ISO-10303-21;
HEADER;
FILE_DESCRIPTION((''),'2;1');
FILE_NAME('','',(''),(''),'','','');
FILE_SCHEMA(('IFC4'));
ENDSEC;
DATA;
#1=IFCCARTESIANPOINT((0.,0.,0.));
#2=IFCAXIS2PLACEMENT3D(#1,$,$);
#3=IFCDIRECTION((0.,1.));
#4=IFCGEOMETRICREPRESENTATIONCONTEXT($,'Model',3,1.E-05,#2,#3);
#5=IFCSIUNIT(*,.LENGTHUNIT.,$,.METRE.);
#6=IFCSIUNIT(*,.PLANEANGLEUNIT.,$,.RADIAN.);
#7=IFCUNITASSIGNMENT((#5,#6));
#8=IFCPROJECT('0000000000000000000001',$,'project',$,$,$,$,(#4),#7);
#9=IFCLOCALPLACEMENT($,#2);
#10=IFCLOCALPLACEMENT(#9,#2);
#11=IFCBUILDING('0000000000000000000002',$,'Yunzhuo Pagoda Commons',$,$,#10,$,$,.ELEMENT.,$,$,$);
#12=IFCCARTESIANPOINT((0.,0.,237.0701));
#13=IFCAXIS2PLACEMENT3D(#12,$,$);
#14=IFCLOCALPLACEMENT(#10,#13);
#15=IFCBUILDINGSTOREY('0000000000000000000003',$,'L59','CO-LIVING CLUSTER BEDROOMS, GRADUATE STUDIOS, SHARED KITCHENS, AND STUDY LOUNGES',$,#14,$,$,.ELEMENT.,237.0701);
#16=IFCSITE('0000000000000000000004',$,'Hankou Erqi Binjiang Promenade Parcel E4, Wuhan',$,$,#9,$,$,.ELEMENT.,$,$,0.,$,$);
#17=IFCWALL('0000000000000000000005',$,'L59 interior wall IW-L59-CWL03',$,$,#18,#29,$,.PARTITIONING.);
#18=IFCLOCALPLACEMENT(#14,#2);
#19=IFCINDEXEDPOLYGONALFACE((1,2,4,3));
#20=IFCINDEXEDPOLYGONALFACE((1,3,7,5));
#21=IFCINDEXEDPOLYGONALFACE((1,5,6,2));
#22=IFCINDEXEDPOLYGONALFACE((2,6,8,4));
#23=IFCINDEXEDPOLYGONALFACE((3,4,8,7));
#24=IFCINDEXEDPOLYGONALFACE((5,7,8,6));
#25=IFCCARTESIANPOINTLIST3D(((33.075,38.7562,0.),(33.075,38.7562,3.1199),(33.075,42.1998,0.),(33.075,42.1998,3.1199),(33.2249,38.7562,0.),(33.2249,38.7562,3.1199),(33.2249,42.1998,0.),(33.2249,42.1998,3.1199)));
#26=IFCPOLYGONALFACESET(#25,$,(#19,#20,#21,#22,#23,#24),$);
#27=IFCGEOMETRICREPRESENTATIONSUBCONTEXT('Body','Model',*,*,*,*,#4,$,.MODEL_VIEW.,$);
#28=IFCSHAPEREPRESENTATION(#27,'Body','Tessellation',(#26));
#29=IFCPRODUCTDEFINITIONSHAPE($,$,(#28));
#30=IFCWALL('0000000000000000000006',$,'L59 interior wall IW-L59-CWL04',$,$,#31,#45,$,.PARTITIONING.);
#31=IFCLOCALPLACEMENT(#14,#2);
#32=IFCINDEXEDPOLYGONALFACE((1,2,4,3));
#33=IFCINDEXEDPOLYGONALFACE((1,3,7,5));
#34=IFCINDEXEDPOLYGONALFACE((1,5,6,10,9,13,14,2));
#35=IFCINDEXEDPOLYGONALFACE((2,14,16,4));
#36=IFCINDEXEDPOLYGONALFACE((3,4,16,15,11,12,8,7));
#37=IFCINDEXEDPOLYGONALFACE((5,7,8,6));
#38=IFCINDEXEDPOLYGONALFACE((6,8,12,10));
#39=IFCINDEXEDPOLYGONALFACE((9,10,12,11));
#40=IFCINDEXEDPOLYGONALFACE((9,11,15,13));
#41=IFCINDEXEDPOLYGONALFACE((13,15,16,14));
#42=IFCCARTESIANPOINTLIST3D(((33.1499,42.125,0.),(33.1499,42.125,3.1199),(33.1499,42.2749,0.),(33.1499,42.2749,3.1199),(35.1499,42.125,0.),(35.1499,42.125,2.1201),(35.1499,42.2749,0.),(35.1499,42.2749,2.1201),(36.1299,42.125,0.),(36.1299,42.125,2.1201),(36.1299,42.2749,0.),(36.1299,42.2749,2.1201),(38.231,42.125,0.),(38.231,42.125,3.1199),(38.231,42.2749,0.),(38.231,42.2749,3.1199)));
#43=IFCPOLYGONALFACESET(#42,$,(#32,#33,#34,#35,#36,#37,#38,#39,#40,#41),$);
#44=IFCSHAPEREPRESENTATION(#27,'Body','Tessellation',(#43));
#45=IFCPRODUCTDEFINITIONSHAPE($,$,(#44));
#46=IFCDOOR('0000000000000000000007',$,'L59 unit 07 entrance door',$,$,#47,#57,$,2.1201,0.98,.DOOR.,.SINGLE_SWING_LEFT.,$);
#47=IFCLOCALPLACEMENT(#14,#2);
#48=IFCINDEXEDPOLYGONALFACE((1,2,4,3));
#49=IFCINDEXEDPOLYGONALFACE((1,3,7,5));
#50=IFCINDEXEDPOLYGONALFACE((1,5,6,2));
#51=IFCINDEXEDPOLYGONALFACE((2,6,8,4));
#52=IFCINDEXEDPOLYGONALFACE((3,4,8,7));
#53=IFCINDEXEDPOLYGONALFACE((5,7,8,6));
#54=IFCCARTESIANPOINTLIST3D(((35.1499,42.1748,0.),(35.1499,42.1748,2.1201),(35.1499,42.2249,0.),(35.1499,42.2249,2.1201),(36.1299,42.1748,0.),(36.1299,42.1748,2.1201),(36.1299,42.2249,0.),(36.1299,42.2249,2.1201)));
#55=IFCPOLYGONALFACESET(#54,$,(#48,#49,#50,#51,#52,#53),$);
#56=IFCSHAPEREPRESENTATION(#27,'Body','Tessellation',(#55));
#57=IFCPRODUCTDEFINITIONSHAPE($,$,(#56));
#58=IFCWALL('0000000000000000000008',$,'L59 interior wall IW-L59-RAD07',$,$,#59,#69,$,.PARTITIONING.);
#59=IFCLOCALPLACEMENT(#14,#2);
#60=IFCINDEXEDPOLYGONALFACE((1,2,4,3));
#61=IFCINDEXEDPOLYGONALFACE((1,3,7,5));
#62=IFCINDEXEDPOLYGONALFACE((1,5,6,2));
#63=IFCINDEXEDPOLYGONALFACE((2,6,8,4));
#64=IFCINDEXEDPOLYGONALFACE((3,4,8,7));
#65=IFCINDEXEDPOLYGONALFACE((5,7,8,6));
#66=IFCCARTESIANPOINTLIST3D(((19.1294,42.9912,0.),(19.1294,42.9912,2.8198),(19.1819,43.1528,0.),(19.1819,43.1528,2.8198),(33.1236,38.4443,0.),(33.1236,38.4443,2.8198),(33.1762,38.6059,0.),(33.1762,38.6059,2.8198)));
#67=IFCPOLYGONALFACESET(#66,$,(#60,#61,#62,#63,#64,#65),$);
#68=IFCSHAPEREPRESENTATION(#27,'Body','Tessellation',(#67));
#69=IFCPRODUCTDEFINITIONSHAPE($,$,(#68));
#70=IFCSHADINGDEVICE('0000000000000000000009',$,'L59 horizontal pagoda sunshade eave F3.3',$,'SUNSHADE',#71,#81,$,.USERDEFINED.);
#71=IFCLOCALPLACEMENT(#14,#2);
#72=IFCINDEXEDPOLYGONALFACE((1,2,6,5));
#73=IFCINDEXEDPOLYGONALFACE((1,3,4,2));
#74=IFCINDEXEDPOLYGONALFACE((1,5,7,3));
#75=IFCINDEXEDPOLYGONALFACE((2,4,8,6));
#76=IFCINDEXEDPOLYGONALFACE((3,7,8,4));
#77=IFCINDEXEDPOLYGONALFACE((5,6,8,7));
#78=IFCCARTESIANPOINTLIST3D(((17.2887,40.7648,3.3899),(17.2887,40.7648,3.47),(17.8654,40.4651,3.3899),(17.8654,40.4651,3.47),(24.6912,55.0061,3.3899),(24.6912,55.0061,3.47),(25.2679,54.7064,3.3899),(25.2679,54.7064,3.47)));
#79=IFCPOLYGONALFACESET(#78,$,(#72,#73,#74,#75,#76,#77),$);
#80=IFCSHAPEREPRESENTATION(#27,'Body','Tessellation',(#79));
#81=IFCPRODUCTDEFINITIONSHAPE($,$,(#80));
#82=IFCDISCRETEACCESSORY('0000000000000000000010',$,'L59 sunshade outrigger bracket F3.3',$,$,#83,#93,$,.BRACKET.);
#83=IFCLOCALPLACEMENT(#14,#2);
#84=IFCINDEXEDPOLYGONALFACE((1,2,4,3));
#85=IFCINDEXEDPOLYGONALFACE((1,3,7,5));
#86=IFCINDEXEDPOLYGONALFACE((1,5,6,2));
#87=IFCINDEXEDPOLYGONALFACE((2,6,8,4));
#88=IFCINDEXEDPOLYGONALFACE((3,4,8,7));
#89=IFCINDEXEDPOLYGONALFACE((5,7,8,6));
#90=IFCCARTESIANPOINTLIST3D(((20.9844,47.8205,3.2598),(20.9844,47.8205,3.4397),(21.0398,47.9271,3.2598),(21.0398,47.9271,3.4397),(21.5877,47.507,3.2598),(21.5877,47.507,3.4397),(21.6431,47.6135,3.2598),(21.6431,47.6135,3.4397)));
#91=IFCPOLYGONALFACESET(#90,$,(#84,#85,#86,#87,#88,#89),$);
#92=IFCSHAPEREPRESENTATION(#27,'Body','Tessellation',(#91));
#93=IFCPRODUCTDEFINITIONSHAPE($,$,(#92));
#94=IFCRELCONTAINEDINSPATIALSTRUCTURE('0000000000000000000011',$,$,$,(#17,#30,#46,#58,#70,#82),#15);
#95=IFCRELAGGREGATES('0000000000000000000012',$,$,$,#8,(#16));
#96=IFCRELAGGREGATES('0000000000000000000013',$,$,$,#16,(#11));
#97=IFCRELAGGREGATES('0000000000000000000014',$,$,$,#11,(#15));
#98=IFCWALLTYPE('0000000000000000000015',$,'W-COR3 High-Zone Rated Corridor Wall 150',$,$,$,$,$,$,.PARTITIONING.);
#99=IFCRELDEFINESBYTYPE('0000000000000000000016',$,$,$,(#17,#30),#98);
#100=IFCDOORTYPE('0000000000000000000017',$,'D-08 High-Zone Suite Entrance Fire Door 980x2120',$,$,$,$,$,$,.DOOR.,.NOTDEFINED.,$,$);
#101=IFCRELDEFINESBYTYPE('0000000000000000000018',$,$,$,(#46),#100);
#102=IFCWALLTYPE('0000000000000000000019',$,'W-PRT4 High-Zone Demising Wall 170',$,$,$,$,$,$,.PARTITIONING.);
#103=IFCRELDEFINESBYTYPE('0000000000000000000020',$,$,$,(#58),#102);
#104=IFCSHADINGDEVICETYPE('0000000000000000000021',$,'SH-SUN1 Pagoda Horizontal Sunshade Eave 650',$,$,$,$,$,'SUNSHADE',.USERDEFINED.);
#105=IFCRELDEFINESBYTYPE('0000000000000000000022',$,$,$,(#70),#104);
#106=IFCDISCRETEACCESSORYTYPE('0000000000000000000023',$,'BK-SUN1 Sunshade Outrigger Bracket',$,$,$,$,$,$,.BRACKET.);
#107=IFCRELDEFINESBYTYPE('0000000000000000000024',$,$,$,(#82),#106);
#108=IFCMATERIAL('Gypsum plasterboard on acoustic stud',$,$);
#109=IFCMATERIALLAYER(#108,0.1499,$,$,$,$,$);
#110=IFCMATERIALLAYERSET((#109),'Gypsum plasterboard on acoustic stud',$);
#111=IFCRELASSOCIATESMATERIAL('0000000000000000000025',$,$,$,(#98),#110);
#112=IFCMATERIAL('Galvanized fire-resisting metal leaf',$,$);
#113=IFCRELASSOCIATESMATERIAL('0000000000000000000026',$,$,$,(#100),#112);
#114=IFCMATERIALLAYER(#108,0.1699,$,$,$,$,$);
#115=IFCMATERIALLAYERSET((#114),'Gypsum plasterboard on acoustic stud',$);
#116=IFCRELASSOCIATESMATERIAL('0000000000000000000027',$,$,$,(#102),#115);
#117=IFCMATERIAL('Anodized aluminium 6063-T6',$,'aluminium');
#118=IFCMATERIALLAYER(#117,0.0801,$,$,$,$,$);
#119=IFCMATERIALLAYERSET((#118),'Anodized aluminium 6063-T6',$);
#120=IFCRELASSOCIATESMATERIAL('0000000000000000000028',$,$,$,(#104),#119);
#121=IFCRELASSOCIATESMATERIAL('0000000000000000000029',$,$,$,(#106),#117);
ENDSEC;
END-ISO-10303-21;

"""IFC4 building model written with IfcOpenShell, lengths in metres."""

from ifc_helpers import new_model, si_unit, direction, frame, frame_2d, origin, origin_with_axes, origin_2d, place, context, subcontext, project, spatial, rectangle, extrude, source, transform, mapped, material, layer, layer_set, type_object, element, fill, save


model = new_model("IFC4")

# Units and contexts
model_context = context("Model", 3, precision=1e-05, world=origin(), true_north=direction((0.0, 1.0)))
body_context = subcontext(model_context, "Body", "Model", "MODEL_VIEW")
ifc_project = project(units=[si_unit("LENGTHUNIT", "METRE"), si_unit("PLANEANGLEUNIT", "RADIAN")], contexts=[model_context])

# Site, building, storey
site_placement = place(None, origin())
site = spatial("IfcSite", under=ifc_project, at=site_placement, Name="Hankou Erqi Binjiang Promenade Parcel E4, Wuhan", CompositionType="ELEMENT", RefElevation=0.0)
building_placement = place(site_placement, origin())
building = spatial("IfcBuilding", under=site, at=building_placement, Name="Yunzhuo Pagoda Commons", CompositionType="ELEMENT")
storey_placement = place(building_placement, frame((0.0, 0.0, 237.0701)))
storey = spatial("IfcBuildingStorey", under=building, at=storey_placement, Name="L59", Description="CO-LIVING CLUSTER BEDROOMS, GRADUATE STUDIOS, SHARED KITCHENS, AND STUDY LOUNGES", CompositionType="ELEMENT", Elevation=237.0701)

# Shared definitions
ifc_material_1 = material(Name="Anodized aluminium 6063-T6", Category="aluminium")

# Shared definitions
ifc_material_2 = material(Name="Galvanized fire-resisting metal leaf")

# Wall
ifc_material_3 = material(Name="Gypsum plasterboard on acoustic stud")
ifc_layer_1 = layer(ifc_material_3, 0.1499)
ifc_layer_set_1 = layer_set([ifc_layer_1], Name="Gypsum plasterboard on acoustic stud")
wall_type_1 = type_object("IfcWallType", Name="W-COR3 High-Zone Rated Corridor Wall 150", PredefinedType="PARTITIONING", material=ifc_layer_set_1)
wall_1_placement = place(storey_placement, frame((33.1499, 38.7563, 0.0), z_axis=(0.0, 0.0, 1.0), x_axis=(0.0, 1.0, 0.0)))
element("IfcWall", 1, at=wall_1_placement, inside=storey, type_object=wall_type_1, Name="L59 interior wall IW-L59-CWL03", PredefinedType="PARTITIONING", context=body_context, shape_type="SweptSolid", body=[
    extrude(rectangle(XDim=3.4436, YDim=0.1499, at=frame_2d((1.7217, 0.0))), origin(), (0.0, 0.0, 1.0), 3.1199),
])

# Wall, opening, door
wall_2_placement = place(storey_placement, frame((33.1499, 42.2, 0.0), z_axis=(0.0, 0.0, 1.0), x_axis=(1.0, 0.0, 0.0)))
wall_2 = element("IfcWall", 2, at=wall_2_placement, inside=storey, type_object=wall_type_1, Name="L59 interior wall IW-L59-CWL04", PredefinedType="PARTITIONING", context=body_context, shape_type="SweptSolid", body=[
    extrude(rectangle(XDim=5.0811, YDim=0.1499, at=frame_2d((2.5405, 0.0))), origin(), (0.0, 0.0, 1.0), 3.1199),
])
opening_1_placement = place(wall_2_placement, frame((2.0, 0.0, 0.0)))
opening_1 = element("IfcOpeningElement", 3, at=opening_1_placement, cuts=wall_2, PredefinedType="OPENING", context=body_context, shape_type="SweptSolid", body=[
    extrude(rectangle(XDim=0.98, YDim=2.1201, at=frame_2d((0.49, 1.0601))), frame((0.0, 0.085, 0.0), z_axis=(0.0, -1.0, 0.0), x_axis=(1.0, 0.0, 0.0)), (0.0, 0.0, 1.0), 0.1699),
])
door_type_1 = type_object("IfcDoorType", Name="D-08 High-Zone Suite Entrance Fire Door 980x2120", OperationType="NOTDEFINED", PredefinedType="DOOR", material=ifc_material_2)
shared_shape_1 = source(origin(), body_context, "Body", "SweptSolid", [
    extrude(rectangle(XDim=0.98, YDim=2.1201, at=frame_2d((0.49, 1.0601))), frame((0.0, 0.0249, 0.0), z_axis=(0.0, -1.0, 0.0), x_axis=(1.0, 0.0, 0.0)), (0.0, 0.0, 1.0), 0.05),
])
door_1_placement = place(opening_1_placement, origin_with_axes())
door_1 = element("IfcDoor", 4, at=door_1_placement, inside=storey, type_object=door_type_1, Name="L59 unit 07 entrance door", OperationType="SINGLE_SWING_LEFT", OverallHeight=2.1201, OverallWidth=0.98, PredefinedType="DOOR", context=body_context, shape_type="MappedRepresentation", body=[
    mapped(shared_shape_1, transform((0.0, 0.0, 0.0), scale=1.0)),
])
fill(opening_1, door_1)

# Wall
ifc_layer_2 = layer(ifc_material_3, 0.1699)
ifc_layer_set_2 = layer_set([ifc_layer_2], Name="Gypsum plasterboard on acoustic stud")
wall_type_2 = type_object("IfcWallType", Name="W-PRT4 High-Zone Demising Wall 170", PredefinedType="PARTITIONING", material=ifc_layer_set_2)
wall_3_placement = place(storey_placement, frame((33.1499, 38.5251, 0.0), z_axis=(0.0, 0.0, 1.0), x_axis=(-0.951058, 0.309011, 0.0)))
element("IfcWall", 5, at=wall_3_placement, inside=storey, type_object=wall_type_2, Name="L59 interior wall IW-L59-RAD07", PredefinedType="PARTITIONING", context=body_context, shape_type="SweptSolid", body=[
    extrude(rectangle(XDim=14.7144, YDim=0.1699, at=frame_2d((7.3572, 0.0))), origin(), (0.0, 0.0, 1.0), 2.8198),
])

# Shading device
ifc_layer_3 = layer(ifc_material_1, 0.0801)
ifc_layer_set_3 = layer_set([ifc_layer_3], Name="Anodized aluminium 6063-T6")
shading_device_type = type_object("IfcShadingDeviceType", Name="SH-SUN1 Pagoda Horizontal Sunshade Eave 650", ElementType="SUNSHADE", PredefinedType="USERDEFINED", material=ifc_layer_set_3)
shared_shape_2 = source(origin(), body_context, "Body", "SweptSolid", [
    extrude(rectangle(XDim=16.0503, YDim=0.6499, at=origin_2d()), origin(), (0.0, 0.0, 1.0), 0.0801),
])
shading_device_placement = place(storey_placement, frame((21.2783, 47.7356, 3.3899), z_axis=(0.0, 0.0, 1.0), x_axis=(-0.461207, -0.887293, 0.0)))
element("IfcShadingDevice", 6, at=shading_device_placement, inside=storey, type_object=shading_device_type, Name="L59 horizontal pagoda sunshade eave F3.3", ObjectType="SUNSHADE", PredefinedType="USERDEFINED", context=body_context, shape_type="MappedRepresentation", body=[
    mapped(shared_shape_2, transform((0.0, 0.0, 0.0), scale=1.0)),
])

# Discrete accessory
discrete_accessory_type = type_object("IfcDiscreteAccessoryType", Name="BK-SUN1 Sunshade Outrigger Bracket", PredefinedType="BRACKET", material=ifc_material_1)
shared_shape_3 = source(origin(), body_context, "Body", "SweptSolid", [
    extrude(rectangle(XDim=0.1201, YDim=0.6799, at=origin_2d()), origin(), (0.0, 0.0, 1.0), 0.1799),
])
discrete_accessory_placement = place(storey_placement, frame((21.3137, 47.717, 3.2598), z_axis=(0.0, 0.0, 1.0), x_axis=(-0.461207, -0.887293, 0.0)))
element("IfcDiscreteAccessory", 7, at=discrete_accessory_placement, inside=storey, type_object=discrete_accessory_type, Name="L59 sunshade outrigger bracket F3.3", PredefinedType="BRACKET", context=body_context, shape_type="MappedRepresentation", body=[
    mapped(shared_shape_3, transform((0.0, 0.0, 0.0), scale=1.0)),
])

save(model, "model.ifc")
